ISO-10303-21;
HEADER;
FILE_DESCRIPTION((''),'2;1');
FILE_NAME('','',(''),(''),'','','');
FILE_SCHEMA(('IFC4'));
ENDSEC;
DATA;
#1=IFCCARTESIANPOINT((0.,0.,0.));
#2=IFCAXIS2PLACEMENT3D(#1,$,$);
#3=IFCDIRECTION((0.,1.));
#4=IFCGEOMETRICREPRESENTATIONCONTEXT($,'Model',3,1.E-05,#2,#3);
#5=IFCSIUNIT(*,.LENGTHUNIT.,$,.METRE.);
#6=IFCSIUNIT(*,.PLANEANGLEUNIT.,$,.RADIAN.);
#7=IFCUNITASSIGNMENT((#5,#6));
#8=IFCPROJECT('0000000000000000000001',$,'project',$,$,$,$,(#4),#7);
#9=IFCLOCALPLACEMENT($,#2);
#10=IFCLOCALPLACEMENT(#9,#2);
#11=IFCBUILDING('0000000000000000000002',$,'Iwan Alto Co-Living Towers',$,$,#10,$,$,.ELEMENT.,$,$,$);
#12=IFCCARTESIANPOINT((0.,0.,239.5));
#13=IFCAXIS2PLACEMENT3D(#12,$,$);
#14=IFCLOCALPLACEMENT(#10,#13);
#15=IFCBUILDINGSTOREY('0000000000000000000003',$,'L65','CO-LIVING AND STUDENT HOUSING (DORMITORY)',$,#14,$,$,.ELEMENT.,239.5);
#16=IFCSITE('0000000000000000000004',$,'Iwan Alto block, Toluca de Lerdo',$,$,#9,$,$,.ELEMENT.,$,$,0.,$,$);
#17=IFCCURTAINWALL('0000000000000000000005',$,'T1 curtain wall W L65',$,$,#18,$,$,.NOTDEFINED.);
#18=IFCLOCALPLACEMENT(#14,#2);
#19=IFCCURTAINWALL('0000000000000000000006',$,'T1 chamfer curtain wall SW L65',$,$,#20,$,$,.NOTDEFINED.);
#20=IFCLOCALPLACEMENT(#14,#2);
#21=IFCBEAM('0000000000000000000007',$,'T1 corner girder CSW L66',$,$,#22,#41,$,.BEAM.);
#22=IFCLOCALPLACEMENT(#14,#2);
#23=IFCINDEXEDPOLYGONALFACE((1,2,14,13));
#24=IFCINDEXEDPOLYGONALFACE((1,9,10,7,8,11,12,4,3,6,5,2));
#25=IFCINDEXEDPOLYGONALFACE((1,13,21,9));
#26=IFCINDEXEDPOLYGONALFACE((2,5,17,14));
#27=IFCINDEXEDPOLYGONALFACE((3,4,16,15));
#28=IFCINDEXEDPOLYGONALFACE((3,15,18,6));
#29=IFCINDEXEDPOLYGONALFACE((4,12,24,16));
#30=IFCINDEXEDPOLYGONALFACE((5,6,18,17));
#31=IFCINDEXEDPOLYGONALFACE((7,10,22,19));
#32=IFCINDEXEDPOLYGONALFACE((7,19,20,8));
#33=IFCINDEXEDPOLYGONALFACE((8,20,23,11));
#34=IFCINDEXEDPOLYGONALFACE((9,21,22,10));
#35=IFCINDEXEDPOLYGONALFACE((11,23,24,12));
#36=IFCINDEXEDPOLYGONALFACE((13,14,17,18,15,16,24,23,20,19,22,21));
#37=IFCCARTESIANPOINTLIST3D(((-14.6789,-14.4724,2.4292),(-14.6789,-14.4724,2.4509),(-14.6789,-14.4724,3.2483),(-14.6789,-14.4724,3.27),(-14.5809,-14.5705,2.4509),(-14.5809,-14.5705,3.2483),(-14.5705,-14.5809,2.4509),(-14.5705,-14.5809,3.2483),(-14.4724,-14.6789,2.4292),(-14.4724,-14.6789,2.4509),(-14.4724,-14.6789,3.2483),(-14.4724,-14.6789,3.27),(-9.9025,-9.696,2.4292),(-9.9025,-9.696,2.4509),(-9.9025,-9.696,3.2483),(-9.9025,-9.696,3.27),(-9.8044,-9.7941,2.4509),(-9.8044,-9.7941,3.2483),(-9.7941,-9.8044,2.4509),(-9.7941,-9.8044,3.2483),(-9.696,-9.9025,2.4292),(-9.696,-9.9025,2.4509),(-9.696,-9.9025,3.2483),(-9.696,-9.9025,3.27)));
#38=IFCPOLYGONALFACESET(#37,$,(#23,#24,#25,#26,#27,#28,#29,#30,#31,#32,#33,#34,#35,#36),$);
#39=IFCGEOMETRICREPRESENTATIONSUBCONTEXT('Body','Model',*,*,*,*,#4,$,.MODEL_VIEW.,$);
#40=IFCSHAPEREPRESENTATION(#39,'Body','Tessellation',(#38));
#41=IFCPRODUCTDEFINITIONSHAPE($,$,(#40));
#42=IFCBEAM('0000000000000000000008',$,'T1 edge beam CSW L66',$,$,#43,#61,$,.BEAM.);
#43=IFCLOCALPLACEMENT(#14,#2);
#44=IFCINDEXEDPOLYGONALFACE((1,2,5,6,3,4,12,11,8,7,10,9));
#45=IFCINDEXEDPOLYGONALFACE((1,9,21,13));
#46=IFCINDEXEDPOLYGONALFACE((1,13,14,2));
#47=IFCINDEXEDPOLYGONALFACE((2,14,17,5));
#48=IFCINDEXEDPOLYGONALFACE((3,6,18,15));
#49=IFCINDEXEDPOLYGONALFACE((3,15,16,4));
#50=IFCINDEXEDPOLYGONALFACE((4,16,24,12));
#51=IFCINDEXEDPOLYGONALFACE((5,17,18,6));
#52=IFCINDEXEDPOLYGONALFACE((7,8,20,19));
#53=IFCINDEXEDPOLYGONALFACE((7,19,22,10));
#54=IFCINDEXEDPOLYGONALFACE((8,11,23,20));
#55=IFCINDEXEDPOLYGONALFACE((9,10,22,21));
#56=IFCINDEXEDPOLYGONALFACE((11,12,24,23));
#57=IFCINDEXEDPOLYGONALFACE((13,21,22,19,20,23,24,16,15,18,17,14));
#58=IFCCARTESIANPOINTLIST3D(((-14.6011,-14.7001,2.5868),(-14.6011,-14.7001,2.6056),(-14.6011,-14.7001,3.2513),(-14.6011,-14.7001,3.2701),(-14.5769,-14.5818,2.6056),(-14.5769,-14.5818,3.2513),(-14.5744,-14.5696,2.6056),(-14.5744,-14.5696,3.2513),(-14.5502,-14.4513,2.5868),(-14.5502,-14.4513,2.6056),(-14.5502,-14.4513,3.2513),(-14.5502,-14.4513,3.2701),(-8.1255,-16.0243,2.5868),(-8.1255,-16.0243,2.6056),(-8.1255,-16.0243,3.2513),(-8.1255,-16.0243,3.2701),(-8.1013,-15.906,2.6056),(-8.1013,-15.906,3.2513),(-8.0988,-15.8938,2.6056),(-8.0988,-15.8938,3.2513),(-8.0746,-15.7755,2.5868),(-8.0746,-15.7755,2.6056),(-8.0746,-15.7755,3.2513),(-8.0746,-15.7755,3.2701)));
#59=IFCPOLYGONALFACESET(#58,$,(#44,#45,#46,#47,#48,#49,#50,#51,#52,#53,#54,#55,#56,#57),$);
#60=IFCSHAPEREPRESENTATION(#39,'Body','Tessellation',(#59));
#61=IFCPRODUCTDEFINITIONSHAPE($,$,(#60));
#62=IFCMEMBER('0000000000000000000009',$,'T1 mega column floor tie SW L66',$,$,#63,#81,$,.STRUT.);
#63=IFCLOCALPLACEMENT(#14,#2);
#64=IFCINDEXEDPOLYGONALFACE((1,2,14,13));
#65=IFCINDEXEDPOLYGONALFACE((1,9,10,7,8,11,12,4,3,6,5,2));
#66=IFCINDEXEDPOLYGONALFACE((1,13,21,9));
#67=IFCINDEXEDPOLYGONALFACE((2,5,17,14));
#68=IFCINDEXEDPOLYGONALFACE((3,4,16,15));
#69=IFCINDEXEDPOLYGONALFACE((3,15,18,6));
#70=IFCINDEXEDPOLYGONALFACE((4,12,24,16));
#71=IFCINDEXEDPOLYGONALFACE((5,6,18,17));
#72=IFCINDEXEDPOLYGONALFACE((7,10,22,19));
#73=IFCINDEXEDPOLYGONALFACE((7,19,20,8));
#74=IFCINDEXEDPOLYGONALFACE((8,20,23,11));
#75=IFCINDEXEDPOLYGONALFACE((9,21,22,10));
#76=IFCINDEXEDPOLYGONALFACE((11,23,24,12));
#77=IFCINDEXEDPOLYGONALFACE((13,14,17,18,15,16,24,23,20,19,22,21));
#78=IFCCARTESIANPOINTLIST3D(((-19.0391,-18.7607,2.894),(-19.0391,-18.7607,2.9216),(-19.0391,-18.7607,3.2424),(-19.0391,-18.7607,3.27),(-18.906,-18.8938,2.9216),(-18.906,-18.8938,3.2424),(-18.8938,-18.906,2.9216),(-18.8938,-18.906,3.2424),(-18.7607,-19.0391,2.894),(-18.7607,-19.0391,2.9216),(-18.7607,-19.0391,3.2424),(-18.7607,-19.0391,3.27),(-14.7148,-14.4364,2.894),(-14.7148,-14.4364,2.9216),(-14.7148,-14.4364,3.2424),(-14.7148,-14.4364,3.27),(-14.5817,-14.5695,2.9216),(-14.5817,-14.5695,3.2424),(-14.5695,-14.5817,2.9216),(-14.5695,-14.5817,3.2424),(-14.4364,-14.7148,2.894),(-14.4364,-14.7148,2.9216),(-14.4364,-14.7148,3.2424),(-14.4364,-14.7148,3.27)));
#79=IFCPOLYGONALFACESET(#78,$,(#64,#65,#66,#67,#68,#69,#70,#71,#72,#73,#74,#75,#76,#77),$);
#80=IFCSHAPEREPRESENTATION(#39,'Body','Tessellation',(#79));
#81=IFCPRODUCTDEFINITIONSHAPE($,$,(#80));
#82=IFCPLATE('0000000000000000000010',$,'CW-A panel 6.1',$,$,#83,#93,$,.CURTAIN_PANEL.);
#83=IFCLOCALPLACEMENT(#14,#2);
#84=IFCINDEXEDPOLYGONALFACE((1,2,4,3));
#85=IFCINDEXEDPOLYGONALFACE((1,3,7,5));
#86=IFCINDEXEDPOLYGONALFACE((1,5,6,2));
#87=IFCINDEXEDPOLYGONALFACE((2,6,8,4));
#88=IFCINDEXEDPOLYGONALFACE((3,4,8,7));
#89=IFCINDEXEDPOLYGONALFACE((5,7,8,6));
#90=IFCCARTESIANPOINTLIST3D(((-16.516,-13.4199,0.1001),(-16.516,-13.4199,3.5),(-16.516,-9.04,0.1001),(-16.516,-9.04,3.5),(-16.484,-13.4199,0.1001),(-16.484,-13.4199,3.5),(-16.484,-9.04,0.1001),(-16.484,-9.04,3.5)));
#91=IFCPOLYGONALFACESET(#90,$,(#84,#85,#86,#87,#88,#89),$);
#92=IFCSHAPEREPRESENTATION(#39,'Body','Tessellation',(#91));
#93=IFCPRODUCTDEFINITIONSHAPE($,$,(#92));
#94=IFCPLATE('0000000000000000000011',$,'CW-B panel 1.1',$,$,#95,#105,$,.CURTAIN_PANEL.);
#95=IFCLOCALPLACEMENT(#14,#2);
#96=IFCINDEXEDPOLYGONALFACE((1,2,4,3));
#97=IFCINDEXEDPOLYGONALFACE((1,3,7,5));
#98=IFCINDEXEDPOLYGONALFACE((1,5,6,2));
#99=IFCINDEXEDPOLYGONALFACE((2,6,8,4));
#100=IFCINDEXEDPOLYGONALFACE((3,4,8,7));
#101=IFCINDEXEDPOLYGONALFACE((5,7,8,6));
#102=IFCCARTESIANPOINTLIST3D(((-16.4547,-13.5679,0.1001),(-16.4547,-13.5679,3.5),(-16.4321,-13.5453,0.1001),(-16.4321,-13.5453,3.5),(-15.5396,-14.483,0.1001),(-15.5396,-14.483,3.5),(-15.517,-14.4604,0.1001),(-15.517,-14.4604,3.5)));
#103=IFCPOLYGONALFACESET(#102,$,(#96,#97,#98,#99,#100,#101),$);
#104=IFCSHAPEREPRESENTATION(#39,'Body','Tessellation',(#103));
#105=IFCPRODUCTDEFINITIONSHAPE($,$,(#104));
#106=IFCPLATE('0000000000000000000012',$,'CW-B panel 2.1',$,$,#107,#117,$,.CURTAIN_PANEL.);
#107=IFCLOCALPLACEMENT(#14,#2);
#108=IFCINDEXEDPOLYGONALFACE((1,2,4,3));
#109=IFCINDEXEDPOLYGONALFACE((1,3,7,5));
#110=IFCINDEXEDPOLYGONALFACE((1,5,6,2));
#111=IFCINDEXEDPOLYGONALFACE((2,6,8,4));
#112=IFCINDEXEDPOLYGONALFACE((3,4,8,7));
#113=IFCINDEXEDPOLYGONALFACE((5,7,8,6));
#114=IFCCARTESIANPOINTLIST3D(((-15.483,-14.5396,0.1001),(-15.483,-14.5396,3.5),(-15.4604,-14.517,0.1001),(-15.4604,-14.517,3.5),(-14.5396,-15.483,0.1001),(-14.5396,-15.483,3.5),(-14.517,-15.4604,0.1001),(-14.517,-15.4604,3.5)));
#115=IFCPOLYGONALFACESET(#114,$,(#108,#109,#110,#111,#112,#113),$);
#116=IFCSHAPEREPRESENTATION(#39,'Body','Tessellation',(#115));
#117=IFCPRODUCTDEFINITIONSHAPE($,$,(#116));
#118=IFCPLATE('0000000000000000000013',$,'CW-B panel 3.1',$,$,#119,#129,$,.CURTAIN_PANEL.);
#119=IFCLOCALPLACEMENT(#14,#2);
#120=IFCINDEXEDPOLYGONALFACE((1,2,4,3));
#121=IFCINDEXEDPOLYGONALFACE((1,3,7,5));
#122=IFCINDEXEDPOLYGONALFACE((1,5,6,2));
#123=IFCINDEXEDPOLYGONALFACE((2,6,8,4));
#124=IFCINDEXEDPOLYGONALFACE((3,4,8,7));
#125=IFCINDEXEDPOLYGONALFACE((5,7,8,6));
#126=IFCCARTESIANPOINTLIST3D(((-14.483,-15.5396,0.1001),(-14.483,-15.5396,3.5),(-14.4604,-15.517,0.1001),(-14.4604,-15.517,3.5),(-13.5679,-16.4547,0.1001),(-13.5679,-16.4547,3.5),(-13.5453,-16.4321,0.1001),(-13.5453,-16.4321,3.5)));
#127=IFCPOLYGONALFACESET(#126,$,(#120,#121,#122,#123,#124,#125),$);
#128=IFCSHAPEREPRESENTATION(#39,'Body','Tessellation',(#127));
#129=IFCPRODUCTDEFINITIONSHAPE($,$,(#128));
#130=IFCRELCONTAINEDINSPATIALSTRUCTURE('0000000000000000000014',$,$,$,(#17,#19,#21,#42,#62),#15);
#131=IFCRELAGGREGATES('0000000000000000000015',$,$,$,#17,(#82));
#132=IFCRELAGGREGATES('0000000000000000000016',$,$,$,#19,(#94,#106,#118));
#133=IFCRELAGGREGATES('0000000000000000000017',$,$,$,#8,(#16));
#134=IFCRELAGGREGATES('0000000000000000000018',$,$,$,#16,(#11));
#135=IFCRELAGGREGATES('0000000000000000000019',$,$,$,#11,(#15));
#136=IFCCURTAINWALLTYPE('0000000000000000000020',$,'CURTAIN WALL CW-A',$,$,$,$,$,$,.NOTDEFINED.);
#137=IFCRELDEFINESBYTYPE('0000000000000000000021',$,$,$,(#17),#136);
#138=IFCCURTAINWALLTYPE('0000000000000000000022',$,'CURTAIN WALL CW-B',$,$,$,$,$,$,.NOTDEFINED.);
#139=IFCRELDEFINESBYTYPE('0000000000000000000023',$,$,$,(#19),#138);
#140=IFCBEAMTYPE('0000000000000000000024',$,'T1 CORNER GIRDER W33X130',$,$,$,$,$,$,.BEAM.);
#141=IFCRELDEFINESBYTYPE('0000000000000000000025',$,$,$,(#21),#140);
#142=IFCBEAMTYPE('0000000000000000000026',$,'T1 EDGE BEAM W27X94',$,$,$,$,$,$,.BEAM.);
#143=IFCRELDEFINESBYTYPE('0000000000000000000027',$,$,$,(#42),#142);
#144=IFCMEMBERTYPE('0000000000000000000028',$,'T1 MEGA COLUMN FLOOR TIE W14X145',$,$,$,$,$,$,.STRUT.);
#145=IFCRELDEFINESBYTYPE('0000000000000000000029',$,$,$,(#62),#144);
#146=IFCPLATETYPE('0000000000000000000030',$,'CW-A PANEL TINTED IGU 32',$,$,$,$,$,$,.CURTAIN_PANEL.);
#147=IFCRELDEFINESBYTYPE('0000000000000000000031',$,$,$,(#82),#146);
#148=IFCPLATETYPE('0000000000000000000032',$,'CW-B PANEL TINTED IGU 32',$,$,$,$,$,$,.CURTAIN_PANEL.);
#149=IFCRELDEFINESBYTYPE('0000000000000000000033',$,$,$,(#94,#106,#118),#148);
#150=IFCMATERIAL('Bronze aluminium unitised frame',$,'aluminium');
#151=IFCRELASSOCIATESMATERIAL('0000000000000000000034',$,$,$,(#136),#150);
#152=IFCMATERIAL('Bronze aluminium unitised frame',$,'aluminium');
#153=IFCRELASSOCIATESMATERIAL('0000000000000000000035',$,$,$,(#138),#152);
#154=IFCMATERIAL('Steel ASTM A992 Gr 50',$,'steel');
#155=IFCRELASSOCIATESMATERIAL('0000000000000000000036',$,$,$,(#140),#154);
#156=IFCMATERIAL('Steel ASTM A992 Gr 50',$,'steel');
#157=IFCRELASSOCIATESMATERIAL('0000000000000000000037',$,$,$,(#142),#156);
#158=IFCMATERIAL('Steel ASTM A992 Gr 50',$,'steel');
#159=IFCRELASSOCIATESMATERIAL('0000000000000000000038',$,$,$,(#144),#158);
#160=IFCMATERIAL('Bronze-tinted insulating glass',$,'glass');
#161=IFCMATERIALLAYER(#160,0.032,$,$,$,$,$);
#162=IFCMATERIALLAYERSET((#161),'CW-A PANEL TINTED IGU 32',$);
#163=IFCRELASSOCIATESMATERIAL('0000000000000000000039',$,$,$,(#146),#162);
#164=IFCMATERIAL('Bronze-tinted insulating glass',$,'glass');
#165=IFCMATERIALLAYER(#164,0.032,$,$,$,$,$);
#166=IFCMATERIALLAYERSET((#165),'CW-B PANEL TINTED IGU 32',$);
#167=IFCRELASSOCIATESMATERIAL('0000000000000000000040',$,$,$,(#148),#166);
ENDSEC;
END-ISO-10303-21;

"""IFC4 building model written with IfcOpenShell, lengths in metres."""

from ifc_helpers import new_model, si_unit, direction, frame, origin, origin_2d, place, context, subcontext, project, spatial, rectangle, i_section, extrude, material, layer, layer_set, material_profile, profile_set, type_object, element, aggregate, save


model = new_model("IFC4")

# Units and contexts
model_context = context("Model", 3, precision=1e-05, world=origin(), true_north=direction((0.0, 1.0)))
body_context = subcontext(model_context, "Body", "Model", "MODEL_VIEW")
ifc_project = project(units=[si_unit("LENGTHUNIT", "METRE"), si_unit("PLANEANGLEUNIT", "RADIAN")], contexts=[model_context])

# Site, building, storey
site_placement = place(None, origin())
site = spatial("IfcSite", under=ifc_project, at=site_placement, Name="Iwan Alto block, Toluca de Lerdo", CompositionType="ELEMENT", RefElevation=0.0)
building_placement = place(site_placement, origin())
building = spatial("IfcBuilding", under=site, at=building_placement, Name="Iwan Alto Co-Living Towers", CompositionType="ELEMENT")
storey_placement = place(building_placement, frame((0.0, 0.0, 239.5)))
storey = spatial("IfcBuildingStorey", under=building, at=storey_placement, Name="L65", Description="CO-LIVING AND STUDENT HOUSING (DORMITORY)", CompositionType="ELEMENT", Elevation=239.5)

# Curtain walls
ifc_material_1 = material(Name="Bronze aluminium unitised frame", Category="aluminium")
curtain_wall_type_1 = type_object("IfcCurtainWallType", Name="CURTAIN WALL CW-A", PredefinedType="NOTDEFINED", material=ifc_material_1)
curtain_wall_1_placement = place(storey_placement, origin())
curtain_wall_1 = element("IfcCurtainWall", 1, at=curtain_wall_1_placement, inside=storey, type_object=curtain_wall_type_1, Name="T1 curtain wall W L65", PredefinedType="NOTDEFINED")
ifc_material_2 = material(Name="Bronze aluminium unitised frame", Category="aluminium")
curtain_wall_type_2 = type_object("IfcCurtainWallType", Name="CURTAIN WALL CW-B", PredefinedType="NOTDEFINED", material=ifc_material_2)
curtain_wall_2_placement = place(storey_placement, origin())
curtain_wall_2 = element("IfcCurtainWall", 2, at=curtain_wall_2_placement, inside=storey, type_object=curtain_wall_type_2, Name="T1 chamfer curtain wall SW L65", PredefinedType="NOTDEFINED")

# Beams
ifc_material_3 = material(Name="Steel ASTM A992 Gr 50", Category="steel")
ifc_material_profile_1 = material_profile(ifc_material_3, i_section(OverallWidth=0.292, OverallDepth=0.8408, WebThickness=0.0146, FlangeThickness=0.0217, at=origin_2d()), Name="W33X130")
ifc_profile_set_1 = profile_set([ifc_material_profile_1], Name="Steel ASTM A992 Gr 50")
beam_type_1 = type_object("IfcBeamType", Name="T1 CORNER GIRDER W33X130", PredefinedType="BEAM", material=ifc_profile_set_1)
beam_1_placement = place(storey_placement, frame((-14.5757, -14.5757, 2.8496), z_axis=(0.707107, 0.707107, 0.0), x_axis=(-0.707107, 0.707107, 0.0)))
element("IfcBeam", 3, at=beam_1_placement, inside=storey, type_object=beam_type_1, Name="T1 corner girder CSW L66", PredefinedType="BEAM", context=body_context, shape_type="SweptSolid", body=[
    extrude(i_section(OverallWidth=0.292, OverallDepth=0.8408, WebThickness=0.0146, FlangeThickness=0.0217, at=origin_2d()), origin(), (0.0, 0.0, 1.0), 6.7549),
])
ifc_material_4 = material(Name="Steel ASTM A992 Gr 50", Category="steel")
ifc_material_profile_2 = material_profile(ifc_material_4, i_section(OverallWidth=0.2539, OverallDepth=0.6833, WebThickness=0.0125, FlangeThickness=0.0188, at=origin_2d()), Name="W27X94")
ifc_profile_set_2 = profile_set([ifc_material_profile_2], Name="Steel ASTM A992 Gr 50")
beam_type_2 = type_object("IfcBeamType", Name="T1 EDGE BEAM W27X94", PredefinedType="BEAM", material=ifc_profile_set_2)
beam_2_placement = place(storey_placement, frame((-14.5757, -14.5757, 2.9285), z_axis=(0.979725, -0.200348, 0.0), x_axis=(0.200348, 0.979725, 0.0)))
element("IfcBeam", 4, at=beam_2_placement, inside=storey, type_object=beam_type_2, Name="T1 edge beam CSW L66", PredefinedType="BEAM", context=body_context, shape_type="SweptSolid", body=[
    extrude(i_section(OverallWidth=0.2539, OverallDepth=0.6833, WebThickness=0.0125, FlangeThickness=0.0188, at=origin_2d()), origin(), (0.0, 0.0, 1.0), 6.6096),
])

# Member
ifc_material_5 = material(Name="Steel ASTM A992 Gr 50", Category="steel")
ifc_material_profile_3 = material_profile(ifc_material_5, i_section(OverallWidth=0.3938, OverallDepth=0.376, WebThickness=0.0173, FlangeThickness=0.0276, at=origin_2d()), Name="W14X145")
ifc_profile_set_3 = profile_set([ifc_material_profile_3], Name="Steel ASTM A992 Gr 50")
member_type_1 = type_object("IfcMemberType", Name="T1 MEGA COLUMN FLOOR TIE W14X145", PredefinedType="STRUT", material=ifc_profile_set_3)
member_1_placement = place(storey_placement, frame((-18.8999, -18.8999, 3.082), z_axis=(0.707107, 0.707107, 0.0), x_axis=(-0.707107, 0.707107, 0.0)))
element("IfcMember", 5, at=member_1_placement, inside=storey, type_object=member_type_1, Name="T1 mega column floor tie SW L66", PredefinedType="STRUT", context=body_context, shape_type="SweptSolid", body=[
    extrude(i_section(OverallWidth=0.3938, OverallDepth=0.376, WebThickness=0.0173, FlangeThickness=0.0276, at=origin_2d()), origin(), (0.0, 0.0, 1.0), 6.1155),
])

# Plates
ifc_material_6 = material(Name="Bronze-tinted insulating glass", Category="glass")
ifc_layer_1 = layer(ifc_material_6, 0.032)
ifc_layer_set_1 = layer_set([ifc_layer_1], Name="CW-A PANEL TINTED IGU 32")
plate_type_1 = type_object("IfcPlateType", Name="CW-A PANEL TINTED IGU 32", PredefinedType="CURTAIN_PANEL", material=ifc_layer_set_1)
plate_1_placement = place(storey_placement, frame((-16.5, -11.23, 0.1001), z_axis=(0.0, 0.0, 1.0), x_axis=(0.0, -1.0, 0.0)))
plate_1 = element("IfcPlate", 6, at=plate_1_placement, type_object=plate_type_1, Name="CW-A panel 6.1", PredefinedType="CURTAIN_PANEL", context=body_context, shape_type="SweptSolid", body=[
    extrude(rectangle(XDim=4.3799, YDim=0.032, at=origin_2d()), origin(), (0.0, 0.0, 1.0), 3.3999),
])
aggregate(curtain_wall_1, [plate_1])
ifc_material_7 = material(Name="Bronze-tinted insulating glass", Category="glass")
ifc_layer_2 = layer(ifc_material_7, 0.032)
ifc_layer_set_2 = layer_set([ifc_layer_2], Name="CW-B PANEL TINTED IGU 32")
plate_type_2 = type_object("IfcPlateType", Name="CW-B PANEL TINTED IGU 32", PredefinedType="CURTAIN_PANEL", material=ifc_layer_set_2)
plate_2_placement = place(storey_placement, frame((-15.9858, -14.0142, 0.1001), z_axis=(0.0, 0.0, 1.0), x_axis=(0.707107, -0.707107, 0.0)))
plate_2 = element("IfcPlate", 7, at=plate_2_placement, type_object=plate_type_2, Name="CW-B panel 1.1", PredefinedType="CURTAIN_PANEL", context=body_context, shape_type="SweptSolid", body=[
    extrude(rectangle(XDim=1.2942, YDim=0.032, at=origin_2d()), origin(), (0.0, 0.0, 1.0), 3.3999),
])
plate_3_placement = place(storey_placement, frame((-15.0, -15.0, 0.1001), z_axis=(0.0, 0.0, 1.0), x_axis=(0.707107, -0.707107, 0.0)))
plate_3 = element("IfcPlate", 8, at=plate_3_placement, type_object=plate_type_2, Name="CW-B panel 2.1", PredefinedType="CURTAIN_PANEL", context=body_context, shape_type="SweptSolid", body=[
    extrude(rectangle(XDim=1.3342, YDim=0.032, at=origin_2d()), origin(), (0.0, 0.0, 1.0), 3.3999),
])
plate_4_placement = place(storey_placement, frame((-14.0142, -15.9858, 0.1001), z_axis=(0.0, 0.0, 1.0), x_axis=(0.707107, -0.707107, 0.0)))
plate_4 = element("IfcPlate", 9, at=plate_4_placement, type_object=plate_type_2, Name="CW-B panel 3.1", PredefinedType="CURTAIN_PANEL", context=body_context, shape_type="SweptSolid", body=[
    extrude(rectangle(XDim=1.2942, YDim=0.032, at=origin_2d()), origin(), (0.0, 0.0, 1.0), 3.3999),
])
aggregate(curtain_wall_2, [plate_2, plate_3, plate_4])

save(model, "model.ifc")
